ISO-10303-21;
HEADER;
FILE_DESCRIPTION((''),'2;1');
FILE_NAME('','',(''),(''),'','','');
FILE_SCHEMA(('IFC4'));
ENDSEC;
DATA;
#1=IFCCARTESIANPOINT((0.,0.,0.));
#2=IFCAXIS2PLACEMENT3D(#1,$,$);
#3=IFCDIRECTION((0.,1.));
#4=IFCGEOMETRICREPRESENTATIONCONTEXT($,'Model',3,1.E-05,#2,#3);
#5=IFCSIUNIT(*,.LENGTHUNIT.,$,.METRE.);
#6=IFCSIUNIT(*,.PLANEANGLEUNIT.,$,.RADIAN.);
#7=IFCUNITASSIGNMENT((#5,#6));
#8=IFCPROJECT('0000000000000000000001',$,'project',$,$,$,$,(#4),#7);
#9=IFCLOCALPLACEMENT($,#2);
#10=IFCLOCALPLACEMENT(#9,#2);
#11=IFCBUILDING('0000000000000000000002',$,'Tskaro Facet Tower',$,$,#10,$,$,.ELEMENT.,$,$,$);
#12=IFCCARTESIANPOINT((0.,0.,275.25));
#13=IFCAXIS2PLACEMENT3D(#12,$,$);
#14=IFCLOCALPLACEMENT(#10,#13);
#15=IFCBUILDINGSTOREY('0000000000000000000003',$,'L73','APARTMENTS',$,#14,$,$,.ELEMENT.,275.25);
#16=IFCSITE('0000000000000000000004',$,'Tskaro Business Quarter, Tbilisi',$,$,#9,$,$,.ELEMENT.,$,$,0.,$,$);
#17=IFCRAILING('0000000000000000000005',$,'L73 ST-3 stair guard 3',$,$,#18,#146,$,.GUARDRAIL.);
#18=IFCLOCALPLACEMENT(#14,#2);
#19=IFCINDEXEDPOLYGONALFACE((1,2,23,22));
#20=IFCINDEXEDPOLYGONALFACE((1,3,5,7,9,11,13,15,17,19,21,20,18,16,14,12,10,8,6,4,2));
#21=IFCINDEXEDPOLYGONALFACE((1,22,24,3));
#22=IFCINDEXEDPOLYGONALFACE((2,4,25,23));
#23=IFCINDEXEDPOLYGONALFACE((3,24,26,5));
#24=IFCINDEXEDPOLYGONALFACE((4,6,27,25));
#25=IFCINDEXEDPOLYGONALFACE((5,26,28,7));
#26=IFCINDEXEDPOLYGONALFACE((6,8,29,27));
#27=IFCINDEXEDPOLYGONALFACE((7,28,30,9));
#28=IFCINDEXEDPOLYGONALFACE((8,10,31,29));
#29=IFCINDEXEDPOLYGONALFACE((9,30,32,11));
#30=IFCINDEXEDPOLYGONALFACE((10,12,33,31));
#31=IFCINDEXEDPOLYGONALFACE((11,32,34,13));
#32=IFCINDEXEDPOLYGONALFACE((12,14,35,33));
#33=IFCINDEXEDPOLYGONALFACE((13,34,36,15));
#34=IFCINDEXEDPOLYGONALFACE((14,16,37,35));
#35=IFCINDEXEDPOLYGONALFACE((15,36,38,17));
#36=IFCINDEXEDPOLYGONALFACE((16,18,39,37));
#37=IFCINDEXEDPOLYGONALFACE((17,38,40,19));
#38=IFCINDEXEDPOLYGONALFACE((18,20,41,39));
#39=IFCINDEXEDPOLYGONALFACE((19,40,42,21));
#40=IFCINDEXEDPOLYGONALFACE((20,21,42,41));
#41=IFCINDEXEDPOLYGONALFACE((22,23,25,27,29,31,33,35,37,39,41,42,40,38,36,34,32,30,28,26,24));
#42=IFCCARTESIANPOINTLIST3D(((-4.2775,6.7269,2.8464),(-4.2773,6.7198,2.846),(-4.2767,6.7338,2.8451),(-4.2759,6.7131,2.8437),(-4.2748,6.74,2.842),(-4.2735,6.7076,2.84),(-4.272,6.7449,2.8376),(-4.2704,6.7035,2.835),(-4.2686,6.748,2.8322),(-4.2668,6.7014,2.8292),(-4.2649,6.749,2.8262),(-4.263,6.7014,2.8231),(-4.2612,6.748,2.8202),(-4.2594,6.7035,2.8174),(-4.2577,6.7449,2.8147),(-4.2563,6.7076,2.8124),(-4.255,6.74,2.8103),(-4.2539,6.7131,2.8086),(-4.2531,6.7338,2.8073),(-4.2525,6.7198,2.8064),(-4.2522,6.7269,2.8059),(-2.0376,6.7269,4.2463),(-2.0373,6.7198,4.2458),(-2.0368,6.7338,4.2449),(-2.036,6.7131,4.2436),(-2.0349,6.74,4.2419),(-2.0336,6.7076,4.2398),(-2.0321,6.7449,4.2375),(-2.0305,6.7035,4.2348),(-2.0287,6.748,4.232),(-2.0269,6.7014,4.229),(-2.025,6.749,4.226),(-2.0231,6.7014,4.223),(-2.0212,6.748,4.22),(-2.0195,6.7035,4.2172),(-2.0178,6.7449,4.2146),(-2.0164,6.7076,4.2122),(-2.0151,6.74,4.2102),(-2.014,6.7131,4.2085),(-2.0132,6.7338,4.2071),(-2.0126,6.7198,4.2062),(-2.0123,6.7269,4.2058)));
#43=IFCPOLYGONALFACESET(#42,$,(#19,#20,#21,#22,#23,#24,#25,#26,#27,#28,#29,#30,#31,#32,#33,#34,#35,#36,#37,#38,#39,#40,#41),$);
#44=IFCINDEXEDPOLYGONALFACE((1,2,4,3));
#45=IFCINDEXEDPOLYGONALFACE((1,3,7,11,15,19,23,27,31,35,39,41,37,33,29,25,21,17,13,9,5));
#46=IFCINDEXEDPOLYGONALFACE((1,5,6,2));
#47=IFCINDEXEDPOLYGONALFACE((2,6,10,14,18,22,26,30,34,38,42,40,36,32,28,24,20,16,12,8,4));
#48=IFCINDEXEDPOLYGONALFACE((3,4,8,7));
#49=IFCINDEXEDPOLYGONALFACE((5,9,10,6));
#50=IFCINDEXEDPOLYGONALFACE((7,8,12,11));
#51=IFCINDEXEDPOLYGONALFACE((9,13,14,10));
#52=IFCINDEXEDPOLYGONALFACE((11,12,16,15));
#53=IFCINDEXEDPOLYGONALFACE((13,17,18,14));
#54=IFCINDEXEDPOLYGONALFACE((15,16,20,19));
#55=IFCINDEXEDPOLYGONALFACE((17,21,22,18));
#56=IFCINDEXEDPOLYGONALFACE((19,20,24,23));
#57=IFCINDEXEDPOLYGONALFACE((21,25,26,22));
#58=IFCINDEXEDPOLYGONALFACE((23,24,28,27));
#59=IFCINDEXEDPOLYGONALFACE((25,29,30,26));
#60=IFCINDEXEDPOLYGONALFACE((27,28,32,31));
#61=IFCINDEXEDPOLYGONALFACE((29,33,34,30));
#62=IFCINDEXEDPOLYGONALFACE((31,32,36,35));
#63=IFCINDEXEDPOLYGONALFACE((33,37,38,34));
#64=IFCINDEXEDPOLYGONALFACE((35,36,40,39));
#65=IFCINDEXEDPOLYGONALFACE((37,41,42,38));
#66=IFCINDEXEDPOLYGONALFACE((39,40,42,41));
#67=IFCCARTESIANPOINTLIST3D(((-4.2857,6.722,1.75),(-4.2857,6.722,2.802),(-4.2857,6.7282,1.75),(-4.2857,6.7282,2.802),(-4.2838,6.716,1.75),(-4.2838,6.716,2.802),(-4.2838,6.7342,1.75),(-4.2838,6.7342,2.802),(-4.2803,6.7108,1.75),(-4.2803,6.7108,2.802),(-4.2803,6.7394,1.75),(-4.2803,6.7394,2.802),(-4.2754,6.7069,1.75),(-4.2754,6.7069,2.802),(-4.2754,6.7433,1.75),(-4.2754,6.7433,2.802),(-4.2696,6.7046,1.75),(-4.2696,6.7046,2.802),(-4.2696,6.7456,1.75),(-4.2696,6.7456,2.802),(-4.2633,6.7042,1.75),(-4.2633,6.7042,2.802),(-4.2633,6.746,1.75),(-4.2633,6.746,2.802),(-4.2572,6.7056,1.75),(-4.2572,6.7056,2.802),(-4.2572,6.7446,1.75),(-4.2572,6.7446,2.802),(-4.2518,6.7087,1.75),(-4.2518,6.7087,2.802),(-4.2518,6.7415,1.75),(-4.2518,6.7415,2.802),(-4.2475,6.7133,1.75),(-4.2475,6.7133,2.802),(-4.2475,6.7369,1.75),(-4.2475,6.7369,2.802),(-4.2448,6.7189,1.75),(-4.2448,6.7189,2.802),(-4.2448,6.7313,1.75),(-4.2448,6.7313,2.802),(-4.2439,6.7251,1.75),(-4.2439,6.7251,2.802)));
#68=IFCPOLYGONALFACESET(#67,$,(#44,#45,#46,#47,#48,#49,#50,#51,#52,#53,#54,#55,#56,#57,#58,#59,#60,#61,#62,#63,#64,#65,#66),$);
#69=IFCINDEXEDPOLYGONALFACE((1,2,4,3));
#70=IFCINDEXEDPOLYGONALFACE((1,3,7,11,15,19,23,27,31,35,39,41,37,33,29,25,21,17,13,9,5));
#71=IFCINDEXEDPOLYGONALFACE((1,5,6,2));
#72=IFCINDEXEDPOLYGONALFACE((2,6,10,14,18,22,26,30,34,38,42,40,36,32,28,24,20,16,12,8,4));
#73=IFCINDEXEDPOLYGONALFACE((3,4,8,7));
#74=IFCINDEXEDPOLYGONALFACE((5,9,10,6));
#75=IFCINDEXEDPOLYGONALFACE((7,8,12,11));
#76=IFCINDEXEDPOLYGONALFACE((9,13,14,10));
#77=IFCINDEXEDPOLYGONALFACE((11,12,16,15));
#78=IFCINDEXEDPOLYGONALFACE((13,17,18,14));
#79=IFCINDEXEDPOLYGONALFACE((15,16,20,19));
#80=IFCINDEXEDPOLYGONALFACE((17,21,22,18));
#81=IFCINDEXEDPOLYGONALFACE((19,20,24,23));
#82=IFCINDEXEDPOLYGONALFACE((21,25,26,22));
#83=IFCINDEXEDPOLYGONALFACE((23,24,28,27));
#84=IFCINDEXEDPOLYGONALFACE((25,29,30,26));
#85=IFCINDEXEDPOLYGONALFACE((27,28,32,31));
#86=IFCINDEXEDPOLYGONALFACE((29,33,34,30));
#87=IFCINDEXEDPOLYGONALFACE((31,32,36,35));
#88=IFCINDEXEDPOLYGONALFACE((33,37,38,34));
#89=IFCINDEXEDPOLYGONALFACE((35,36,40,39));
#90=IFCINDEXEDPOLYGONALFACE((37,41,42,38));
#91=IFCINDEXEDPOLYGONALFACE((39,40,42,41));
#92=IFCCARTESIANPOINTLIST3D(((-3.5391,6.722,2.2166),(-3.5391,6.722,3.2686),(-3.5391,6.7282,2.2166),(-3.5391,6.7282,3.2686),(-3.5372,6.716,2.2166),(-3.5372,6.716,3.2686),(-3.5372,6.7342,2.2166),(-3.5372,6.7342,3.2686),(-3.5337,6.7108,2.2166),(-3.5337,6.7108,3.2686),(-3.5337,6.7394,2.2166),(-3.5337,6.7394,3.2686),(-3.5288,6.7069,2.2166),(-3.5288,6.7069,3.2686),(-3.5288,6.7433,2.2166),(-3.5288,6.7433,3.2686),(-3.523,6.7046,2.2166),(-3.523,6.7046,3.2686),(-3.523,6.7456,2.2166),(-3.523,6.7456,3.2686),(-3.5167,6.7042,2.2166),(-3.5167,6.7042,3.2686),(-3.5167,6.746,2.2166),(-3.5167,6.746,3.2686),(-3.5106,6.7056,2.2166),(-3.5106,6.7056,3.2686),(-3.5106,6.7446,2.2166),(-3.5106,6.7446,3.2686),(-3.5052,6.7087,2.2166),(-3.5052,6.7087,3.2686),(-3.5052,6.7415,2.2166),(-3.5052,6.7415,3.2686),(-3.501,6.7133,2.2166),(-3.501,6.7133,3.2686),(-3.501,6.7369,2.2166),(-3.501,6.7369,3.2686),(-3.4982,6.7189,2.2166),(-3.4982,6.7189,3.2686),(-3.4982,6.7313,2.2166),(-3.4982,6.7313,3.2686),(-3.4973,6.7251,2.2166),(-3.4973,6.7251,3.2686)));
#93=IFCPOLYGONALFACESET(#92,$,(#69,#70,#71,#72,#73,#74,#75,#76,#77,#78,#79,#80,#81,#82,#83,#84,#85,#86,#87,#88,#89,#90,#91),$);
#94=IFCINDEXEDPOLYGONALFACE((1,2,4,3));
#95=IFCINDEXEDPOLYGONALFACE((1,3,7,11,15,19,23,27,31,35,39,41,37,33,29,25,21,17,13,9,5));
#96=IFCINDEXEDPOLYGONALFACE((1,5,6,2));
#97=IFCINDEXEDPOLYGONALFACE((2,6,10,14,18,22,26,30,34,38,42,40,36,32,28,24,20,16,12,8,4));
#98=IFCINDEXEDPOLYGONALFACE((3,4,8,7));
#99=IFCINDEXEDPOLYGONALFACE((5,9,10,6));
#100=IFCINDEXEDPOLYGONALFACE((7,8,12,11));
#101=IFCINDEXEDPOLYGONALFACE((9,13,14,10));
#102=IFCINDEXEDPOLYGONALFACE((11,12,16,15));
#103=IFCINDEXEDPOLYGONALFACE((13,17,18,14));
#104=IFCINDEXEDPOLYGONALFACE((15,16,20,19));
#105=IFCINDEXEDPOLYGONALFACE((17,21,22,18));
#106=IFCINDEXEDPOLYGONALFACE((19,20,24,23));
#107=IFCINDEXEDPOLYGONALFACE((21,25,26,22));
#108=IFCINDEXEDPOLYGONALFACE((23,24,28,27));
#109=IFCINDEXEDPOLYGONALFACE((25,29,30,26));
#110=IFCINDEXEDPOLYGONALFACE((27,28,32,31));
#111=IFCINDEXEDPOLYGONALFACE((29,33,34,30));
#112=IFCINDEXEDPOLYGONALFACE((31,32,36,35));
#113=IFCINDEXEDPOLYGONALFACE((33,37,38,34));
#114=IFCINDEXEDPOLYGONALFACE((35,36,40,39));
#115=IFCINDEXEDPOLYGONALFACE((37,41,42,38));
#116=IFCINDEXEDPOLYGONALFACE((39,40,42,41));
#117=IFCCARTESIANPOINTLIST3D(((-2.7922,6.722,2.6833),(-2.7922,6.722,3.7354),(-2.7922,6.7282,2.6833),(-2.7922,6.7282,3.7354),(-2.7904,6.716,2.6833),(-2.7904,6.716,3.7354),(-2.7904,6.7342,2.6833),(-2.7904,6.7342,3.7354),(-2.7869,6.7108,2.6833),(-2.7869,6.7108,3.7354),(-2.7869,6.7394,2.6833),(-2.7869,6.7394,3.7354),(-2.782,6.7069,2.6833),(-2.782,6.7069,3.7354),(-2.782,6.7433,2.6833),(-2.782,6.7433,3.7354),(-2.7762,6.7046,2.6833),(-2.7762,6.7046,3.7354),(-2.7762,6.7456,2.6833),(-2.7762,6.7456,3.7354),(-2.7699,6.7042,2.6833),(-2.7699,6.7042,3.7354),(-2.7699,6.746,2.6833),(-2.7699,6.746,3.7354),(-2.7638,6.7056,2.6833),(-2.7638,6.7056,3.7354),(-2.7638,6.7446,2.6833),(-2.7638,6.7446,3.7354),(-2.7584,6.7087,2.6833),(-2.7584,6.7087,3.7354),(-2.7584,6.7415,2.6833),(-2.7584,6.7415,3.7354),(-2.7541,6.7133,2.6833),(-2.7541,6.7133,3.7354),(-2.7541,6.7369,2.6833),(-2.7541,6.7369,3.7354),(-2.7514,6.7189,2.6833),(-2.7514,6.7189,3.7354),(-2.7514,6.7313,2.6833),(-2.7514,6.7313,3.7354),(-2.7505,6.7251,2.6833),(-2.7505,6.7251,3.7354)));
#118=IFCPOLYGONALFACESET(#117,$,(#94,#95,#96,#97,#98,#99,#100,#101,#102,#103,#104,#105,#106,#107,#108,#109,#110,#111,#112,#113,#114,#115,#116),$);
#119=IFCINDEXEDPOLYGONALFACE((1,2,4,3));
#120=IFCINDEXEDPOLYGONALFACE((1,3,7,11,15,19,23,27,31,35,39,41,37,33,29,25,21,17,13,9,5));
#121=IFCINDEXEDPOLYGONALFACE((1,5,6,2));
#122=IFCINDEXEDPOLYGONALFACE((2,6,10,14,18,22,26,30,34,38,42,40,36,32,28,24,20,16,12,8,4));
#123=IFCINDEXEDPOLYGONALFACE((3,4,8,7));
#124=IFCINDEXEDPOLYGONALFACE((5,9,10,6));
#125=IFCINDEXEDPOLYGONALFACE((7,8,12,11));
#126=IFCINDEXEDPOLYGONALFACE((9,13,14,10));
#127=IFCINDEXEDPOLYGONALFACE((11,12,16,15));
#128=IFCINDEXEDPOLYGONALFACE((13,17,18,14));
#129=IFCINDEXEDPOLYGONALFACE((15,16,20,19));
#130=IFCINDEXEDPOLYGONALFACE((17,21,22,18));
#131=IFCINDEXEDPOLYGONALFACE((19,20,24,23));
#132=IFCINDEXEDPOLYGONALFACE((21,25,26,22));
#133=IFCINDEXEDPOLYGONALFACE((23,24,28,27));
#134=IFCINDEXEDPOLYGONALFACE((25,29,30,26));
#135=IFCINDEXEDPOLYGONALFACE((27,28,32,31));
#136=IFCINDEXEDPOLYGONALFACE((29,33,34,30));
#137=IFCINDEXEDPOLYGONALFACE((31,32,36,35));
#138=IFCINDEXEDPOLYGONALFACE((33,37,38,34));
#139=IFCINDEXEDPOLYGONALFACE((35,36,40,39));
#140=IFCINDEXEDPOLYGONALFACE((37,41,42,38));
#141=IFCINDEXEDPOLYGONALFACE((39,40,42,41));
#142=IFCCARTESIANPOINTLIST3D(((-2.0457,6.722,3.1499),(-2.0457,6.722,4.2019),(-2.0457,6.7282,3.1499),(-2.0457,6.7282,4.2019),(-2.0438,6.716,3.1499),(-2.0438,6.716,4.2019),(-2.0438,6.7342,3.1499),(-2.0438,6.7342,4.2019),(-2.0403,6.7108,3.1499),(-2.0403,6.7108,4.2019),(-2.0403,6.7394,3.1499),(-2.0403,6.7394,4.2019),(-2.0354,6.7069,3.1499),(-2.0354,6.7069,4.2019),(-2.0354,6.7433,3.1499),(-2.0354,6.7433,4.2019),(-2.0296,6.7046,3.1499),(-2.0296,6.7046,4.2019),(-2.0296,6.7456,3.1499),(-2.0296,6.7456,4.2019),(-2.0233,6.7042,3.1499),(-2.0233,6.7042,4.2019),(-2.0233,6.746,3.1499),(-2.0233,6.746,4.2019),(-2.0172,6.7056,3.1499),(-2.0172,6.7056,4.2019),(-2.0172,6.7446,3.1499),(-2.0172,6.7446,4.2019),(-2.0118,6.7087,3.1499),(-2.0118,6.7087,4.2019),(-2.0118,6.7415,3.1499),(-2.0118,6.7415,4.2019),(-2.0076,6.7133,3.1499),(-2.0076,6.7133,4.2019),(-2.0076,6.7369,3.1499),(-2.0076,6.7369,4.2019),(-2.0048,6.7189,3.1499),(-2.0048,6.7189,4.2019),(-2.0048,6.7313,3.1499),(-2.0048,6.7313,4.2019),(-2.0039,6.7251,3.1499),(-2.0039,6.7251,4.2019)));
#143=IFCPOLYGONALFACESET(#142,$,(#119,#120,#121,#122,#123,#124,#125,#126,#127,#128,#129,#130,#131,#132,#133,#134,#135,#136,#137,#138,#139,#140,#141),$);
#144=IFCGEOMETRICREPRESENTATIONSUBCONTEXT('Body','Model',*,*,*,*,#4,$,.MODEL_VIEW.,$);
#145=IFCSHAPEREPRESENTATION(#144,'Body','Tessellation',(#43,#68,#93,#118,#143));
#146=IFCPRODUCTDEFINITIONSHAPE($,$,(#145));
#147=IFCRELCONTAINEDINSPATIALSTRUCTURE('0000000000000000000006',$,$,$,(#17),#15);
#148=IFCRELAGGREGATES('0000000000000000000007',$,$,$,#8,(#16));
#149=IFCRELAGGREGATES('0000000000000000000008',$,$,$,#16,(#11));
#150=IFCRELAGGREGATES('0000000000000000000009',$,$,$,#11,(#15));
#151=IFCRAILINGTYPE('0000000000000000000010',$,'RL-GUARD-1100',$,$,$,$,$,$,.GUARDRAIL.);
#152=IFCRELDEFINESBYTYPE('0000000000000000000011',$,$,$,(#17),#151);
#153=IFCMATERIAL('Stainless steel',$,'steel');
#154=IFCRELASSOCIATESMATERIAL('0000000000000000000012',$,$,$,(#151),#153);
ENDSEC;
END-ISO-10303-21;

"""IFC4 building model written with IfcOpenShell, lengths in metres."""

from ifc_helpers import new_model, si_unit, direction, frame, origin, origin_2d, place, context, subcontext, project, spatial, circle, extrude, material, type_object, element, save


model = new_model("IFC4")

# Units and contexts
model_context = context("Model", 3, precision=1e-05, world=origin(), true_north=direction((0.0, 1.0)))
body_context = subcontext(model_context, "Body", "Model", "MODEL_VIEW")
ifc_project = project(units=[si_unit("LENGTHUNIT", "METRE"), si_unit("PLANEANGLEUNIT", "RADIAN")], contexts=[model_context])

# Site, building, storey
site_placement = place(None, origin())
site = spatial("IfcSite", under=ifc_project, at=site_placement, Name="Tskaro Business Quarter, Tbilisi", CompositionType="ELEMENT", RefElevation=0.0)
building_placement = place(site_placement, origin())
building = spatial("IfcBuilding", under=site, at=building_placement, Name="Tskaro Facet Tower", CompositionType="ELEMENT")
storey_placement = place(building_placement, frame((0.0, 0.0, 275.25)))
storey = spatial("IfcBuildingStorey", under=building, at=storey_placement, Name="L73", Description="APARTMENTS", CompositionType="ELEMENT", Elevation=275.25)

# Railing
ifc_material_1 = material(Name="Stainless steel", Category="steel")
railing_type_1 = type_object("IfcRailingType", Name="RL-GUARD-1100", PredefinedType="GUARDRAIL", material=ifc_material_1)
railing_1_placement = place(storey_placement, frame((-4.2649, 6.7251, 1.75)))
element("IfcRailing", 1, at=railing_1_placement, inside=storey, type_object=railing_type_1, Name="L73 ST-3 stair guard 3", PredefinedType="GUARDRAIL", context=body_context, shape_type="SweptSolid", body=[
    extrude(circle(Radius=0.0239, at=origin_2d()), frame((0.0, 0.0, 1.0762), z_axis=(0.848014, 0.0, 0.529974), x_axis=(0.0, 1.0, 0.0)), (0.0, 0.0, 1.0), 2.6414),
    extrude(circle(Radius=0.021, at=origin_2d()), origin(), (0.0, 0.0, 1.0), 1.052),
    extrude(circle(Radius=0.021, at=origin_2d()), frame((0.7466, 0.0, 0.4666)), (0.0, 0.0, 1.0), 1.052),
    extrude(circle(Radius=0.021, at=origin_2d()), frame((1.4934, 0.0, 0.9333)), (0.0, 0.0, 1.0), 1.052),
    extrude(circle(Radius=0.021, at=origin_2d()), frame((2.24, 0.0, 1.3999)), (0.0, 0.0, 1.0), 1.052),
])

save(model, "model.ifc")
